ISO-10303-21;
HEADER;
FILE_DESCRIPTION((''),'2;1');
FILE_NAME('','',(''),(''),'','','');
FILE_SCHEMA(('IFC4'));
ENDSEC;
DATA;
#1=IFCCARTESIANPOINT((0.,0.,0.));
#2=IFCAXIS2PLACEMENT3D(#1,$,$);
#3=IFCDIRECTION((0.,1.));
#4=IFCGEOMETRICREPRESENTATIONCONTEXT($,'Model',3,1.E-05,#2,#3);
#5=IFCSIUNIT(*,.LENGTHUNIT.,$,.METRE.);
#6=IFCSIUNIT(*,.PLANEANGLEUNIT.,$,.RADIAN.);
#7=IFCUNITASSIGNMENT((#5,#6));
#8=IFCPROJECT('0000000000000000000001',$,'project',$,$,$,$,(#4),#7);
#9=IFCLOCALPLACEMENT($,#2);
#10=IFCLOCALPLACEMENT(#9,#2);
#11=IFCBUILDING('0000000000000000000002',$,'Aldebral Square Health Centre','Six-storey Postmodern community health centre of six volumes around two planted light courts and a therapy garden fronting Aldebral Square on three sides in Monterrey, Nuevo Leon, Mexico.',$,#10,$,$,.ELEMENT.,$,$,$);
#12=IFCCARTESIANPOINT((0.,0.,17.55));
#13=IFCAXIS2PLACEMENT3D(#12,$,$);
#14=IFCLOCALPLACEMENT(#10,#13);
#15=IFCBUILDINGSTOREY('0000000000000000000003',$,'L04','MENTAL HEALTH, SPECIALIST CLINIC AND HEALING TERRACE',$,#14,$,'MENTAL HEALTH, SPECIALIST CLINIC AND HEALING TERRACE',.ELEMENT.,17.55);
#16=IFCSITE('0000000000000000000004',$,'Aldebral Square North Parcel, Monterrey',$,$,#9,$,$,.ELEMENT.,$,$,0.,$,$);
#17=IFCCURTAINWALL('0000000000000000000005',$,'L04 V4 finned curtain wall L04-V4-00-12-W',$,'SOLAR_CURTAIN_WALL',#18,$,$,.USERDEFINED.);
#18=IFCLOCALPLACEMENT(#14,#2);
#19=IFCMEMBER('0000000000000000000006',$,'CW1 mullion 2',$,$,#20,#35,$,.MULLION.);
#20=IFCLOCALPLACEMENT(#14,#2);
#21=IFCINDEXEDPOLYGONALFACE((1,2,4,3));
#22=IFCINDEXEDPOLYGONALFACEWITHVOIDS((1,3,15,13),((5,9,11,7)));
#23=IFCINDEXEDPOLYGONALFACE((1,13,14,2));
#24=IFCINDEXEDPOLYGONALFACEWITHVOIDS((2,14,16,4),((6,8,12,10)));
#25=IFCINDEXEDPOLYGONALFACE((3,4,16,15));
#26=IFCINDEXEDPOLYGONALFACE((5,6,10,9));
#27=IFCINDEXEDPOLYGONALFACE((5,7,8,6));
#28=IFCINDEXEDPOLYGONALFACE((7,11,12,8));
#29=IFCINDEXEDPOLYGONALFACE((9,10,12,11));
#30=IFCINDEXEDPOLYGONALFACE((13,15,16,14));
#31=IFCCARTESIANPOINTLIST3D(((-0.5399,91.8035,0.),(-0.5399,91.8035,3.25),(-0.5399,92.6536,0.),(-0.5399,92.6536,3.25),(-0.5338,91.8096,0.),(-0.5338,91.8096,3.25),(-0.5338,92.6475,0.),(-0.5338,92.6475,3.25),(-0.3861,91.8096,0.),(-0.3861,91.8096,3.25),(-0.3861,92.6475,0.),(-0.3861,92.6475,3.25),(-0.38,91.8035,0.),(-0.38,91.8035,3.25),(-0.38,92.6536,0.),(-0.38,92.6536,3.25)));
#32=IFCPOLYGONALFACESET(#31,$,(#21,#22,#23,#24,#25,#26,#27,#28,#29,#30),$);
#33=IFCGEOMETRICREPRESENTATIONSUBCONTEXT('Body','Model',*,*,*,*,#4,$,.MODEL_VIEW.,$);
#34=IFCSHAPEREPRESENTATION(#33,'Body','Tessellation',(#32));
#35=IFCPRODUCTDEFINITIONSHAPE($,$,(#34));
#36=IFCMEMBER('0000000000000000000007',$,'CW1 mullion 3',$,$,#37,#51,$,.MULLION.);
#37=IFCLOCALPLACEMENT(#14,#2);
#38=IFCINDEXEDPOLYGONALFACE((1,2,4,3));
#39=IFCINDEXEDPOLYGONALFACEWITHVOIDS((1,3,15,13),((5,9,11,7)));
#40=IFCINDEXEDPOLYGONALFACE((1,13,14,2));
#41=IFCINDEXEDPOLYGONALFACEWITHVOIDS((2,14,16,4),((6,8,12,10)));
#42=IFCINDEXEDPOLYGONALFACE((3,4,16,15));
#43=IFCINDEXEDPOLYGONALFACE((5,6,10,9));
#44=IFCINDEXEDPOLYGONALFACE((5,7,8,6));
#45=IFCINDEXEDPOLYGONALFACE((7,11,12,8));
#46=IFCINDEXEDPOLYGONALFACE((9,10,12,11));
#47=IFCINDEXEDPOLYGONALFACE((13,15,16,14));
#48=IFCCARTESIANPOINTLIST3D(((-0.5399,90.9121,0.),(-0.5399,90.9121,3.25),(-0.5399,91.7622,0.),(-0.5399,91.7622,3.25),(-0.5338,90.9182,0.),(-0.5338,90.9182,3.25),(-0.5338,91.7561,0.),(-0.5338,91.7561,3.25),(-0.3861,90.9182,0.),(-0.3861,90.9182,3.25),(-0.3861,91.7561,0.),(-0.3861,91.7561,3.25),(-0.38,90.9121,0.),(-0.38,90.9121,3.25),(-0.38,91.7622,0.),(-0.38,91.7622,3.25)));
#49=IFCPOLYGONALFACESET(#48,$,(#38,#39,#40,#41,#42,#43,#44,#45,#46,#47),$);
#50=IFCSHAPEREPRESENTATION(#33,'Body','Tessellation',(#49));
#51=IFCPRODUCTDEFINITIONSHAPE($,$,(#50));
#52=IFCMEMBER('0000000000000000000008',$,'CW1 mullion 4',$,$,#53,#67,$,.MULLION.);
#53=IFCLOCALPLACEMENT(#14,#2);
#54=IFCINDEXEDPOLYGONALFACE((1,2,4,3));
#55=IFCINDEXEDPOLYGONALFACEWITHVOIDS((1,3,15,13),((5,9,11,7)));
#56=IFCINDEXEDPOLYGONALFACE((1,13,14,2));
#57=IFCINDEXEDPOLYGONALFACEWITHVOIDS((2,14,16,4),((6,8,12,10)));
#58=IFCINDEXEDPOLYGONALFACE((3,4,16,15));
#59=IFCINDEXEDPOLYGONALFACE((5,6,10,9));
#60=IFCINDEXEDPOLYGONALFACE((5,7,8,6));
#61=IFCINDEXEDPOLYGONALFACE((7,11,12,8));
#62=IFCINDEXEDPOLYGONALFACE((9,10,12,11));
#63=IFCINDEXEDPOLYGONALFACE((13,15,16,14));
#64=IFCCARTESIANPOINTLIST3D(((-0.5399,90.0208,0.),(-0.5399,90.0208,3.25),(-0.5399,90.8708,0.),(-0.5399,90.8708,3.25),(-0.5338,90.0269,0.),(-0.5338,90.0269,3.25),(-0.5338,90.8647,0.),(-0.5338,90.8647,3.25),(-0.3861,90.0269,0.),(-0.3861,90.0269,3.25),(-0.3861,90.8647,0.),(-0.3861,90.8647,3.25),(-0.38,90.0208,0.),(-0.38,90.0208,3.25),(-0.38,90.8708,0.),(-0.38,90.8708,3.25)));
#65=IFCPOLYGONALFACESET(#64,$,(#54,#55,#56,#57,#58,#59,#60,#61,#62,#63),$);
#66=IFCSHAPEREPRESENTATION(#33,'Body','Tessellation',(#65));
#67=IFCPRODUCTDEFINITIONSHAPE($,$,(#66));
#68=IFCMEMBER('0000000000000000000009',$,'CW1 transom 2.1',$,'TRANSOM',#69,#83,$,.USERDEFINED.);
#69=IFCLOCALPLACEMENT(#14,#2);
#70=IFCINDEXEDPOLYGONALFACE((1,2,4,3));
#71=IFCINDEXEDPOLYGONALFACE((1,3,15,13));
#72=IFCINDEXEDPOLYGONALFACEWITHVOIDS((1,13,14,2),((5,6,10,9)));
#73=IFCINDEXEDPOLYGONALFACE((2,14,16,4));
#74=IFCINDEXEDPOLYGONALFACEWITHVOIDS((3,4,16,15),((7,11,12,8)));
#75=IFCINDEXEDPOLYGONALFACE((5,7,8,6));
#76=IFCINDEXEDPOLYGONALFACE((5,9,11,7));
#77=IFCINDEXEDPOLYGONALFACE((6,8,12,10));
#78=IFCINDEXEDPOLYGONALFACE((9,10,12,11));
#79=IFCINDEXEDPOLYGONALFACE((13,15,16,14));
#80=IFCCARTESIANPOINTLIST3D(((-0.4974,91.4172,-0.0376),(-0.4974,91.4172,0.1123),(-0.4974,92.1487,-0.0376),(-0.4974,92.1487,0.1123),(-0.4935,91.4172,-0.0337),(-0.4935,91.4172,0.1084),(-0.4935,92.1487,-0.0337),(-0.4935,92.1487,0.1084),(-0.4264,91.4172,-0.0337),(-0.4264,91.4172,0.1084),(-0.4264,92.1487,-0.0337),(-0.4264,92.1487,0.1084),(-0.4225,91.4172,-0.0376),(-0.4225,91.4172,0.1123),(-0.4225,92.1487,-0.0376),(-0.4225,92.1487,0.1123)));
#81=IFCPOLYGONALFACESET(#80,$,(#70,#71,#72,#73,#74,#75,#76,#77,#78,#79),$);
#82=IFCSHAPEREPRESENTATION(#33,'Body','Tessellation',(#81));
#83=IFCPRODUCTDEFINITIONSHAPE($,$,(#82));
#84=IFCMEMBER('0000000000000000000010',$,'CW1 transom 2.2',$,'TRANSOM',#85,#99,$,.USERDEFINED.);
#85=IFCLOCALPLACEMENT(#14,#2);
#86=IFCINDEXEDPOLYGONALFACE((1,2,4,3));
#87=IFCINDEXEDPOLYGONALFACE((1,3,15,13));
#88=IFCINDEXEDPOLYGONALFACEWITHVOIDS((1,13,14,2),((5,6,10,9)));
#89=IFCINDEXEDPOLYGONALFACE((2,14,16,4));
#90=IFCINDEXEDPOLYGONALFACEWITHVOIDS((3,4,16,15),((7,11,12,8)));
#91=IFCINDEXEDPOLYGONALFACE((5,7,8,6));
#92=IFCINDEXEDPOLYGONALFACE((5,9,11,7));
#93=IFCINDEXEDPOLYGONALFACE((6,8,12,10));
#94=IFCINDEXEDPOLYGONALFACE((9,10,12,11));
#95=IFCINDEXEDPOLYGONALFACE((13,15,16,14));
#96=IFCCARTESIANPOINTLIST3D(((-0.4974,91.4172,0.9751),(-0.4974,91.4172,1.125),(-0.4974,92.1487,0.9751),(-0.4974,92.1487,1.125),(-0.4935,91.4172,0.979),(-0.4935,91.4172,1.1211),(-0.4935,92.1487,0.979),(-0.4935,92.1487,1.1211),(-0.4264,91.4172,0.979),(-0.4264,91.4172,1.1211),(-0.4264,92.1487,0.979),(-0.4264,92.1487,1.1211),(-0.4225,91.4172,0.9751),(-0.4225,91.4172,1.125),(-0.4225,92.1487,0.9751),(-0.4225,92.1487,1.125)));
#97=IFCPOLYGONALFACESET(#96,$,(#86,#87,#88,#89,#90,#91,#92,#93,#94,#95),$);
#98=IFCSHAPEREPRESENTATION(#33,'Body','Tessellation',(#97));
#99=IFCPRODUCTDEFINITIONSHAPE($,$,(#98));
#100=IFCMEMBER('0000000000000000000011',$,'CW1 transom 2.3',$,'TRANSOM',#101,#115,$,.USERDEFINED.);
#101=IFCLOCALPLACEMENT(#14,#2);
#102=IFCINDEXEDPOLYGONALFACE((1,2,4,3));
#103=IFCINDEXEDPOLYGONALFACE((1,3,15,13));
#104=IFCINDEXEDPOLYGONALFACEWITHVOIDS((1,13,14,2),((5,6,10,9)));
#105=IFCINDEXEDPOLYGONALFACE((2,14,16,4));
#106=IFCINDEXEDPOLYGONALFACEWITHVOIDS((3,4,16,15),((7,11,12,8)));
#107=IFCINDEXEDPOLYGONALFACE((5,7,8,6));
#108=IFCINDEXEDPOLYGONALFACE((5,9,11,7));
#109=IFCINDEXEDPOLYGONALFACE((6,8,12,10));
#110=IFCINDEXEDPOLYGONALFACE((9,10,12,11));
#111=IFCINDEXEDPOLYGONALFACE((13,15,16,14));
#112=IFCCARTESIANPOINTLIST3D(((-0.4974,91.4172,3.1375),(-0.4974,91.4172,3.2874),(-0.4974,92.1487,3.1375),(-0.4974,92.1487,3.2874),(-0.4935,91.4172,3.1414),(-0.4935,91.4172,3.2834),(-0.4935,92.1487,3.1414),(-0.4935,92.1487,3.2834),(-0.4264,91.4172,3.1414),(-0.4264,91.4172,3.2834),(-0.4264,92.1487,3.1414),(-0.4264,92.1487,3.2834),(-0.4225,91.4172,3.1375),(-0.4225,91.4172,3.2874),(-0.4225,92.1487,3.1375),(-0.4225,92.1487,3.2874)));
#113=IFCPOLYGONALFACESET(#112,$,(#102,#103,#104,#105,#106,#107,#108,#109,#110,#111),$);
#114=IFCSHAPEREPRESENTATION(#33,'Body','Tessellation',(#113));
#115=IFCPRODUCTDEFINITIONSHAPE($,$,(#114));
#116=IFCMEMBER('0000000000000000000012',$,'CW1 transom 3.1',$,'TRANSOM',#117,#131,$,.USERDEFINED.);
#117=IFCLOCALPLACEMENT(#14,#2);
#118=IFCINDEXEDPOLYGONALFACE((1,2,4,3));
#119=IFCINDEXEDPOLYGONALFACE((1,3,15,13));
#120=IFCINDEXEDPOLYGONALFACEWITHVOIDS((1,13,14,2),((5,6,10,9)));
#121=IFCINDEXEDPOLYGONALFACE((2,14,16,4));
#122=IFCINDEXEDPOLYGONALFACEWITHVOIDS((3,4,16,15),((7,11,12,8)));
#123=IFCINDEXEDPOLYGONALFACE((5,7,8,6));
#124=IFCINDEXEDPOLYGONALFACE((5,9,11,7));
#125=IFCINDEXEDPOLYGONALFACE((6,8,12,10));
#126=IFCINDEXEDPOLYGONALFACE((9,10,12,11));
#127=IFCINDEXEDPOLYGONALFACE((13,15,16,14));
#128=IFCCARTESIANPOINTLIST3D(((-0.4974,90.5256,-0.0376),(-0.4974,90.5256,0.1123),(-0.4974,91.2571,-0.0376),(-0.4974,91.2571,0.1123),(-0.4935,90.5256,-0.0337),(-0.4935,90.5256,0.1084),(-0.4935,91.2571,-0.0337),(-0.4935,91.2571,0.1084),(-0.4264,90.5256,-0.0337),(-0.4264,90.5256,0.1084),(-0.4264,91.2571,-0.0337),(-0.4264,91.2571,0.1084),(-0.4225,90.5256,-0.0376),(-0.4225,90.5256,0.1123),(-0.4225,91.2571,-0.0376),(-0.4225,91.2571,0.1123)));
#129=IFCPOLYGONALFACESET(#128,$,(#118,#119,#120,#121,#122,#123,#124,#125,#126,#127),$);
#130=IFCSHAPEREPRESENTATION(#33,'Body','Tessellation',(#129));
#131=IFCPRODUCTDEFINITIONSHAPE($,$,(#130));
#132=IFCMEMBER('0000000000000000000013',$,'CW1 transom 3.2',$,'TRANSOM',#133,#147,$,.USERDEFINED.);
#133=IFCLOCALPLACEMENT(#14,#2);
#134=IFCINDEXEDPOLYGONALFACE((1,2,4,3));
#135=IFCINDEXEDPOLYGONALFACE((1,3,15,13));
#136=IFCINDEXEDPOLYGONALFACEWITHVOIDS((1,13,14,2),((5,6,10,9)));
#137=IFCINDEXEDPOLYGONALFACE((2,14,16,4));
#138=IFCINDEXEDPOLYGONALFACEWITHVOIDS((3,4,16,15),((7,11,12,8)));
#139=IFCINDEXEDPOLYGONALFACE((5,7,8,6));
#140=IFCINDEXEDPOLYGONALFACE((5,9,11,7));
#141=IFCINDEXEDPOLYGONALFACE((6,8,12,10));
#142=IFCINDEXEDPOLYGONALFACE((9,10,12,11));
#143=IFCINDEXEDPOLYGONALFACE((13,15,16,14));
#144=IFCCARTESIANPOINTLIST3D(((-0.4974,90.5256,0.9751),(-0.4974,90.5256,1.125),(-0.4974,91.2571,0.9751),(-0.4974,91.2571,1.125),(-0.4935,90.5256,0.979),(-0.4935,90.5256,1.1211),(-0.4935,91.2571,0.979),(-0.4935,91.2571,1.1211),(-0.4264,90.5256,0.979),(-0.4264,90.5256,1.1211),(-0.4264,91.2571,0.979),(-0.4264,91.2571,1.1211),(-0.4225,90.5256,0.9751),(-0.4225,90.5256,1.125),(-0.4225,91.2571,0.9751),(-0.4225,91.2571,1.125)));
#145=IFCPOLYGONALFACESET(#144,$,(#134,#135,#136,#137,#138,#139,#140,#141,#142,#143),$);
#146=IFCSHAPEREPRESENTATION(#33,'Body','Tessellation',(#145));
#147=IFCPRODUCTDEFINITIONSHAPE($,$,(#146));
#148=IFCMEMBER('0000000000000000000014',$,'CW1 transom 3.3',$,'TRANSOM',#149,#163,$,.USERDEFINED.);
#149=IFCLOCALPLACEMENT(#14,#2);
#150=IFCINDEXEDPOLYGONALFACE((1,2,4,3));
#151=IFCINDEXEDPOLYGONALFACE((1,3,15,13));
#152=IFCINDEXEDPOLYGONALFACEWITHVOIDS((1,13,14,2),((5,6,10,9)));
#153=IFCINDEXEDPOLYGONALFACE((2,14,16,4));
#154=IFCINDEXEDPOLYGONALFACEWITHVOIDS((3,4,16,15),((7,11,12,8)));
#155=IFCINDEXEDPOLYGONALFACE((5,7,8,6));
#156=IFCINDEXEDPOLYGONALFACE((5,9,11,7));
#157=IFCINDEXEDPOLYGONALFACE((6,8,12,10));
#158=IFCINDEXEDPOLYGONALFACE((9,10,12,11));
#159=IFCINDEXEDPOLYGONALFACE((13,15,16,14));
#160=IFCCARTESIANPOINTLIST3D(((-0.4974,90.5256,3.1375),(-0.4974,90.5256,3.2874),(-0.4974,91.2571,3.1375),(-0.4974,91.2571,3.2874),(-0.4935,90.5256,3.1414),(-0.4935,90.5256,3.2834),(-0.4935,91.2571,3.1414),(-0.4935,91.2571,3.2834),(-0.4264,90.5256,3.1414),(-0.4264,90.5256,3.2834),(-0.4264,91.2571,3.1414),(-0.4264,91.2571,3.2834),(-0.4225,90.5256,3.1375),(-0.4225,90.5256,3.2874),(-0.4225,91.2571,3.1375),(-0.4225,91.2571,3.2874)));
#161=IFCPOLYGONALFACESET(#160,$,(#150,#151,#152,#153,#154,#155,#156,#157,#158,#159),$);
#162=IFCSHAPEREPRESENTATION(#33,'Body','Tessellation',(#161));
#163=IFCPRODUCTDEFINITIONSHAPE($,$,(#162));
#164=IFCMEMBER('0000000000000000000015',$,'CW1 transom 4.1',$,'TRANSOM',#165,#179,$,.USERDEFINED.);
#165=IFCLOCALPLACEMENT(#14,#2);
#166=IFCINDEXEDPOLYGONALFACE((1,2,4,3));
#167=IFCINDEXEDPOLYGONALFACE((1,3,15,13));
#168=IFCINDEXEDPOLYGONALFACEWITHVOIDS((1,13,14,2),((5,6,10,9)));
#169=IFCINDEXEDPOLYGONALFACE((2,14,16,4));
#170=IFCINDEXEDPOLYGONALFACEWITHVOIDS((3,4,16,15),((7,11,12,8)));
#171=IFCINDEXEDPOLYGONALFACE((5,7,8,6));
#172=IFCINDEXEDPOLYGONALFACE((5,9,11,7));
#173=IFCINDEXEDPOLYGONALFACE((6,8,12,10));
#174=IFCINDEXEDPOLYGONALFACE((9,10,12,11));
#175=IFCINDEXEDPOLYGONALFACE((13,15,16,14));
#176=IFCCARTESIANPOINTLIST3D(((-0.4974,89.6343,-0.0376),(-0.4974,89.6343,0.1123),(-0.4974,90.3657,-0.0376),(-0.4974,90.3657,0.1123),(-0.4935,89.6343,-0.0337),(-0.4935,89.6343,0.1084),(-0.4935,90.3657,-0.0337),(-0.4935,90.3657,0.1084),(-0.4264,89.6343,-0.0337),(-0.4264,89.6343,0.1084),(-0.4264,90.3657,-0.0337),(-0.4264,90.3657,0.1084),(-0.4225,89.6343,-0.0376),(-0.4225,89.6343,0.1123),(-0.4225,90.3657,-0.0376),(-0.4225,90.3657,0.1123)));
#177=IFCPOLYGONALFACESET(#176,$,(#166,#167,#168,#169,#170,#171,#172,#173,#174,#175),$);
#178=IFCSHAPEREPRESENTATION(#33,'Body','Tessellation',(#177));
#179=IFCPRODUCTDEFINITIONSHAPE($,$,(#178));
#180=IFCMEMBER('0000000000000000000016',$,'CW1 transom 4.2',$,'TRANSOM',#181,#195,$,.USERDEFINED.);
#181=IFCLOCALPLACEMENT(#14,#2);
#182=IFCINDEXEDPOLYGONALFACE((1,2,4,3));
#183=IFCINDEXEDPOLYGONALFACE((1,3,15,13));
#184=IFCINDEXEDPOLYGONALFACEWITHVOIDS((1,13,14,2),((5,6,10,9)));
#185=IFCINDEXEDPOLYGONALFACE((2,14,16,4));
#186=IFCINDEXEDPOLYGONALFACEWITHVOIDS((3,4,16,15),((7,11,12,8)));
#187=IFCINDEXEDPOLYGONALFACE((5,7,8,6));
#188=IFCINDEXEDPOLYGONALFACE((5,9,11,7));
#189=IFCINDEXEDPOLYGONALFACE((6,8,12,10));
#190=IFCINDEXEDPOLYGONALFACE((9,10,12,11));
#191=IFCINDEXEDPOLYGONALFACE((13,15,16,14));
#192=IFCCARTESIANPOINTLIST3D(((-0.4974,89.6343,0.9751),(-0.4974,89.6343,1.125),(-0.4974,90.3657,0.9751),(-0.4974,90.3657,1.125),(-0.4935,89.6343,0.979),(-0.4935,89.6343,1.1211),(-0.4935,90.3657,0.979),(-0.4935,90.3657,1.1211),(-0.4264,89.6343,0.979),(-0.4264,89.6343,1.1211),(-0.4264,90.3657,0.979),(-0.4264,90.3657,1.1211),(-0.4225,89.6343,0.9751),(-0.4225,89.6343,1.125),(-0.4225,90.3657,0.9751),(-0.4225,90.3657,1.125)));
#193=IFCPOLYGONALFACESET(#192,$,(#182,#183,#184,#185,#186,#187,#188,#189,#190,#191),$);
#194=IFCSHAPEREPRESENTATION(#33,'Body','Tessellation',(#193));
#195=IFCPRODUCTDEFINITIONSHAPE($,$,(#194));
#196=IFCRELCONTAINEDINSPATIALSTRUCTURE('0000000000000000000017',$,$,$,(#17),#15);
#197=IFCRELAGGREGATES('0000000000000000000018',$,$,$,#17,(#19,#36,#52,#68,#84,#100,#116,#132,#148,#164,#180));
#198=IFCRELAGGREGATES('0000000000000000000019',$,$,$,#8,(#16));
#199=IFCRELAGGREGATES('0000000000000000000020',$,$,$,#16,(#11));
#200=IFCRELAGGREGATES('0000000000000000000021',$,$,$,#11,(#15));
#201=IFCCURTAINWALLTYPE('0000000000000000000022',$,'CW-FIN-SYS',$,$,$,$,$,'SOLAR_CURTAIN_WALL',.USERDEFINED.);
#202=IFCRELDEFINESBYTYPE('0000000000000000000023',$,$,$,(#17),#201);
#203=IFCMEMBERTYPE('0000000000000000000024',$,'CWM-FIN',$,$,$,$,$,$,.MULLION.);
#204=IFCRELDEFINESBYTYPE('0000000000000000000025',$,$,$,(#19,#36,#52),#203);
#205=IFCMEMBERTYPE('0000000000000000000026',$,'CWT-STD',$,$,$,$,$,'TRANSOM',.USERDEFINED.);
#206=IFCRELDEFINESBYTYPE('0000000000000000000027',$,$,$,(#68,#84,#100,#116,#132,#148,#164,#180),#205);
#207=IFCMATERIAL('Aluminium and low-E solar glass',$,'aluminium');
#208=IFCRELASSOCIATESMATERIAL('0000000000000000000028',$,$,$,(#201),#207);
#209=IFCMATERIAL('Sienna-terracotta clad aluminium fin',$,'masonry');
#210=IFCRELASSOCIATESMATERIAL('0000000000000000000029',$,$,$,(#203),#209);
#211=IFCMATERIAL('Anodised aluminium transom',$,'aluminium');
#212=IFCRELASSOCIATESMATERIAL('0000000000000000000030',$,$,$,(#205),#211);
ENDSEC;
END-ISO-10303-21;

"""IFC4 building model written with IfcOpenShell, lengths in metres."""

from ifc_helpers import new_model, si_unit, direction, frame, origin, origin_2d, place, context, subcontext, project, spatial, hollow_rectangle, extrude, material, material_profile, profile_set, type_object, element, aggregate, save


model = new_model("IFC4")

# Units and contexts
model_context = context("Model", 3, precision=1e-05, world=origin(), true_north=direction((0.0, 1.0)))
body_context = subcontext(model_context, "Body", "Model", "MODEL_VIEW")
ifc_project = project(units=[si_unit("LENGTHUNIT", "METRE"), si_unit("PLANEANGLEUNIT", "RADIAN")], contexts=[model_context])

# Site, building, storey
site_placement = place(None, origin())
site = spatial("IfcSite", under=ifc_project, at=site_placement, Name="Aldebral Square North Parcel, Monterrey", CompositionType="ELEMENT", RefElevation=0.0)
building_placement = place(site_placement, origin())
building = spatial("IfcBuilding", under=site, at=building_placement, Name="Aldebral Square Health Centre", Description="Six-storey Postmodern community health centre of six volumes around two planted light courts and a therapy garden fronting Aldebral Square on three sides in Monterrey, Nuevo Leon, Mexico.", CompositionType="ELEMENT")
storey_placement = place(building_placement, frame((0.0, 0.0, 17.55)))
storey = spatial("IfcBuildingStorey", under=building, at=storey_placement, Name="L04", Description="MENTAL HEALTH, SPECIALIST CLINIC AND HEALING TERRACE", LongName="MENTAL HEALTH, SPECIALIST CLINIC AND HEALING TERRACE", CompositionType="ELEMENT", Elevation=17.55)

# Curtain wall, members
ifc_material_1 = material(Name="Aluminium and low-E solar glass", Category="aluminium")
curtain_wall_type = type_object("IfcCurtainWallType", Name="CW-FIN-SYS", ElementType="SOLAR_CURTAIN_WALL", PredefinedType="USERDEFINED", material=ifc_material_1)
curtain_wall_placement = place(storey_placement, origin())
curtain_wall = element("IfcCurtainWall", 1, at=curtain_wall_placement, inside=storey, type_object=curtain_wall_type, Name="L04 V4 finned curtain wall L04-V4-00-12-W", ObjectType="SOLAR_CURTAIN_WALL", PredefinedType="USERDEFINED")
ifc_material_2 = material(Name="Sienna-terracotta clad aluminium fin", Category="masonry")
ifc_material_profile_1 = material_profile(ifc_material_2, hollow_rectangle(XDim=0.1599, YDim=0.8501, WallThickness=0.0061, at=origin_2d()), Name="FIN 160x850x6")
ifc_profile_set_1 = profile_set([ifc_material_profile_1], Name="Sienna-terracotta clad aluminium fin")
member_type_1 = type_object("IfcMemberType", Name="CWM-FIN", PredefinedType="MULLION", material=ifc_profile_set_1)
member_1_placement = place(storey_placement, frame((-0.46, 92.2285, 0.0), z_axis=(0.0, 0.0, 1.0), x_axis=(1.0, 0.0, 0.0)))
member_1 = element("IfcMember", 2, at=member_1_placement, type_object=member_type_1, Name="CW1 mullion 2", PredefinedType="MULLION", context=body_context, shape_type="SweptSolid", body=[
    extrude(hollow_rectangle(XDim=0.1599, YDim=0.8501, WallThickness=0.0061, at=origin_2d()), origin(), (0.0, 0.0, 1.0), 3.25),
])
member_2_placement = place(storey_placement, frame((-0.46, 91.3372, 0.0), z_axis=(0.0, 0.0, 1.0), x_axis=(1.0, 0.0, 0.0)))
member_2 = element("IfcMember", 3, at=member_2_placement, type_object=member_type_1, Name="CW1 mullion 3", PredefinedType="MULLION", context=body_context, shape_type="SweptSolid", body=[
    extrude(hollow_rectangle(XDim=0.1599, YDim=0.8501, WallThickness=0.0061, at=origin_2d()), origin(), (0.0, 0.0, 1.0), 3.25),
])
member_3_placement = place(storey_placement, frame((-0.46, 90.4458, 0.0), z_axis=(0.0, 0.0, 1.0), x_axis=(1.0, 0.0, 0.0)))
member_3 = element("IfcMember", 4, at=member_3_placement, type_object=member_type_1, Name="CW1 mullion 4", PredefinedType="MULLION", context=body_context, shape_type="SweptSolid", body=[
    extrude(hollow_rectangle(XDim=0.1599, YDim=0.8501, WallThickness=0.0061, at=origin_2d()), origin(), (0.0, 0.0, 1.0), 3.25),
])
ifc_material_3 = material(Name="Anodised aluminium transom", Category="aluminium")
ifc_material_profile_2 = material_profile(ifc_material_3, hollow_rectangle(XDim=0.075, YDim=0.1499, WallThickness=0.0039, at=origin_2d()), Name="CWT 75x150x4")
ifc_profile_set_2 = profile_set([ifc_material_profile_2], Name="Anodised aluminium transom")
member_type_2 = type_object("IfcMemberType", Name="CWT-STD", ElementType="TRANSOM", PredefinedType="USERDEFINED", material=ifc_profile_set_2)
member_4_placement = place(storey_placement, frame((-0.46, 92.1487, 0.0374), z_axis=(0.0, -1.0, 0.0), x_axis=(1.0, 0.0, 0.0)))
member_4 = element("IfcMember", 5, at=member_4_placement, type_object=member_type_2, Name="CW1 transom 2.1", ObjectType="TRANSOM", PredefinedType="USERDEFINED", context=body_context, shape_type="SweptSolid", body=[
    extrude(hollow_rectangle(XDim=0.075, YDim=0.1499, WallThickness=0.0039, at=origin_2d()), origin(), (0.0, 0.0, 1.0), 0.7314),
])
member_5_placement = place(storey_placement, frame((-0.46, 92.1487, 1.05), z_axis=(0.0, -1.0, 0.0), x_axis=(1.0, 0.0, 0.0)))
member_5 = element("IfcMember", 6, at=member_5_placement, type_object=member_type_2, Name="CW1 transom 2.2", ObjectType="TRANSOM", PredefinedType="USERDEFINED", context=body_context, shape_type="SweptSolid", body=[
    extrude(hollow_rectangle(XDim=0.075, YDim=0.1499, WallThickness=0.0039, at=origin_2d()), origin(), (0.0, 0.0, 1.0), 0.7314),
])
member_6_placement = place(storey_placement, frame((-0.46, 92.1487, 3.2124), z_axis=(0.0, -1.0, 0.0), x_axis=(1.0, 0.0, 0.0)))
member_6 = element("IfcMember", 7, at=member_6_placement, type_object=member_type_2, Name="CW1 transom 2.3", ObjectType="TRANSOM", PredefinedType="USERDEFINED", context=body_context, shape_type="SweptSolid", body=[
    extrude(hollow_rectangle(XDim=0.075, YDim=0.1499, WallThickness=0.0039, at=origin_2d()), origin(), (0.0, 0.0, 1.0), 0.7314),
])
member_7_placement = place(storey_placement, frame((-0.46, 91.2571, 0.0374), z_axis=(0.0, -1.0, 0.0), x_axis=(1.0, 0.0, 0.0)))
member_7 = element("IfcMember", 8, at=member_7_placement, type_object=member_type_2, Name="CW1 transom 3.1", ObjectType="TRANSOM", PredefinedType="USERDEFINED", context=body_context, shape_type="SweptSolid", body=[
    extrude(hollow_rectangle(XDim=0.075, YDim=0.1499, WallThickness=0.0039, at=origin_2d()), origin(), (0.0, 0.0, 1.0), 0.7314),
])
member_8_placement = place(storey_placement, frame((-0.46, 91.2571, 1.05), z_axis=(0.0, -1.0, 0.0), x_axis=(1.0, 0.0, 0.0)))
member_8 = element("IfcMember", 9, at=member_8_placement, type_object=member_type_2, Name="CW1 transom 3.2", ObjectType="TRANSOM", PredefinedType="USERDEFINED", context=body_context, shape_type="SweptSolid", body=[
    extrude(hollow_rectangle(XDim=0.075, YDim=0.1499, WallThickness=0.0039, at=origin_2d()), origin(), (0.0, 0.0, 1.0), 0.7314),
])
member_9_placement = place(storey_placement, frame((-0.46, 91.2571, 3.2124), z_axis=(0.0, -1.0, 0.0), x_axis=(1.0, 0.0, 0.0)))
member_9 = element("IfcMember", 10, at=member_9_placement, type_object=member_type_2, Name="CW1 transom 3.3", ObjectType="TRANSOM", PredefinedType="USERDEFINED", context=body_context, shape_type="SweptSolid", body=[
    extrude(hollow_rectangle(XDim=0.075, YDim=0.1499, WallThickness=0.0039, at=origin_2d()), origin(), (0.0, 0.0, 1.0), 0.7314),
])
member_10_placement = place(storey_placement, frame((-0.46, 90.3657, 0.0374), z_axis=(0.0, -1.0, 0.0), x_axis=(1.0, 0.0, 0.0)))
member_10 = element("IfcMember", 11, at=member_10_placement, type_object=member_type_2, Name="CW1 transom 4.1", ObjectType="TRANSOM", PredefinedType="USERDEFINED", context=body_context, shape_type="SweptSolid", body=[
    extrude(hollow_rectangle(XDim=0.075, YDim=0.1499, WallThickness=0.0039, at=origin_2d()), origin(), (0.0, 0.0, 1.0), 0.7314),
])
member_11_placement = place(storey_placement, frame((-0.46, 90.3657, 1.05), z_axis=(0.0, -1.0, 0.0), x_axis=(1.0, 0.0, 0.0)))
member_11 = element("IfcMember", 12, at=member_11_placement, type_object=member_type_2, Name="CW1 transom 4.2", ObjectType="TRANSOM", PredefinedType="USERDEFINED", context=body_context, shape_type="SweptSolid", body=[
    extrude(hollow_rectangle(XDim=0.075, YDim=0.1499, WallThickness=0.0039, at=origin_2d()), origin(), (0.0, 0.0, 1.0), 0.7314),
])
aggregate(curtain_wall, [member_1, member_2, member_3, member_4, member_5, member_6, member_7, member_8, member_9, member_10, member_11])

save(model, "model.ifc")
